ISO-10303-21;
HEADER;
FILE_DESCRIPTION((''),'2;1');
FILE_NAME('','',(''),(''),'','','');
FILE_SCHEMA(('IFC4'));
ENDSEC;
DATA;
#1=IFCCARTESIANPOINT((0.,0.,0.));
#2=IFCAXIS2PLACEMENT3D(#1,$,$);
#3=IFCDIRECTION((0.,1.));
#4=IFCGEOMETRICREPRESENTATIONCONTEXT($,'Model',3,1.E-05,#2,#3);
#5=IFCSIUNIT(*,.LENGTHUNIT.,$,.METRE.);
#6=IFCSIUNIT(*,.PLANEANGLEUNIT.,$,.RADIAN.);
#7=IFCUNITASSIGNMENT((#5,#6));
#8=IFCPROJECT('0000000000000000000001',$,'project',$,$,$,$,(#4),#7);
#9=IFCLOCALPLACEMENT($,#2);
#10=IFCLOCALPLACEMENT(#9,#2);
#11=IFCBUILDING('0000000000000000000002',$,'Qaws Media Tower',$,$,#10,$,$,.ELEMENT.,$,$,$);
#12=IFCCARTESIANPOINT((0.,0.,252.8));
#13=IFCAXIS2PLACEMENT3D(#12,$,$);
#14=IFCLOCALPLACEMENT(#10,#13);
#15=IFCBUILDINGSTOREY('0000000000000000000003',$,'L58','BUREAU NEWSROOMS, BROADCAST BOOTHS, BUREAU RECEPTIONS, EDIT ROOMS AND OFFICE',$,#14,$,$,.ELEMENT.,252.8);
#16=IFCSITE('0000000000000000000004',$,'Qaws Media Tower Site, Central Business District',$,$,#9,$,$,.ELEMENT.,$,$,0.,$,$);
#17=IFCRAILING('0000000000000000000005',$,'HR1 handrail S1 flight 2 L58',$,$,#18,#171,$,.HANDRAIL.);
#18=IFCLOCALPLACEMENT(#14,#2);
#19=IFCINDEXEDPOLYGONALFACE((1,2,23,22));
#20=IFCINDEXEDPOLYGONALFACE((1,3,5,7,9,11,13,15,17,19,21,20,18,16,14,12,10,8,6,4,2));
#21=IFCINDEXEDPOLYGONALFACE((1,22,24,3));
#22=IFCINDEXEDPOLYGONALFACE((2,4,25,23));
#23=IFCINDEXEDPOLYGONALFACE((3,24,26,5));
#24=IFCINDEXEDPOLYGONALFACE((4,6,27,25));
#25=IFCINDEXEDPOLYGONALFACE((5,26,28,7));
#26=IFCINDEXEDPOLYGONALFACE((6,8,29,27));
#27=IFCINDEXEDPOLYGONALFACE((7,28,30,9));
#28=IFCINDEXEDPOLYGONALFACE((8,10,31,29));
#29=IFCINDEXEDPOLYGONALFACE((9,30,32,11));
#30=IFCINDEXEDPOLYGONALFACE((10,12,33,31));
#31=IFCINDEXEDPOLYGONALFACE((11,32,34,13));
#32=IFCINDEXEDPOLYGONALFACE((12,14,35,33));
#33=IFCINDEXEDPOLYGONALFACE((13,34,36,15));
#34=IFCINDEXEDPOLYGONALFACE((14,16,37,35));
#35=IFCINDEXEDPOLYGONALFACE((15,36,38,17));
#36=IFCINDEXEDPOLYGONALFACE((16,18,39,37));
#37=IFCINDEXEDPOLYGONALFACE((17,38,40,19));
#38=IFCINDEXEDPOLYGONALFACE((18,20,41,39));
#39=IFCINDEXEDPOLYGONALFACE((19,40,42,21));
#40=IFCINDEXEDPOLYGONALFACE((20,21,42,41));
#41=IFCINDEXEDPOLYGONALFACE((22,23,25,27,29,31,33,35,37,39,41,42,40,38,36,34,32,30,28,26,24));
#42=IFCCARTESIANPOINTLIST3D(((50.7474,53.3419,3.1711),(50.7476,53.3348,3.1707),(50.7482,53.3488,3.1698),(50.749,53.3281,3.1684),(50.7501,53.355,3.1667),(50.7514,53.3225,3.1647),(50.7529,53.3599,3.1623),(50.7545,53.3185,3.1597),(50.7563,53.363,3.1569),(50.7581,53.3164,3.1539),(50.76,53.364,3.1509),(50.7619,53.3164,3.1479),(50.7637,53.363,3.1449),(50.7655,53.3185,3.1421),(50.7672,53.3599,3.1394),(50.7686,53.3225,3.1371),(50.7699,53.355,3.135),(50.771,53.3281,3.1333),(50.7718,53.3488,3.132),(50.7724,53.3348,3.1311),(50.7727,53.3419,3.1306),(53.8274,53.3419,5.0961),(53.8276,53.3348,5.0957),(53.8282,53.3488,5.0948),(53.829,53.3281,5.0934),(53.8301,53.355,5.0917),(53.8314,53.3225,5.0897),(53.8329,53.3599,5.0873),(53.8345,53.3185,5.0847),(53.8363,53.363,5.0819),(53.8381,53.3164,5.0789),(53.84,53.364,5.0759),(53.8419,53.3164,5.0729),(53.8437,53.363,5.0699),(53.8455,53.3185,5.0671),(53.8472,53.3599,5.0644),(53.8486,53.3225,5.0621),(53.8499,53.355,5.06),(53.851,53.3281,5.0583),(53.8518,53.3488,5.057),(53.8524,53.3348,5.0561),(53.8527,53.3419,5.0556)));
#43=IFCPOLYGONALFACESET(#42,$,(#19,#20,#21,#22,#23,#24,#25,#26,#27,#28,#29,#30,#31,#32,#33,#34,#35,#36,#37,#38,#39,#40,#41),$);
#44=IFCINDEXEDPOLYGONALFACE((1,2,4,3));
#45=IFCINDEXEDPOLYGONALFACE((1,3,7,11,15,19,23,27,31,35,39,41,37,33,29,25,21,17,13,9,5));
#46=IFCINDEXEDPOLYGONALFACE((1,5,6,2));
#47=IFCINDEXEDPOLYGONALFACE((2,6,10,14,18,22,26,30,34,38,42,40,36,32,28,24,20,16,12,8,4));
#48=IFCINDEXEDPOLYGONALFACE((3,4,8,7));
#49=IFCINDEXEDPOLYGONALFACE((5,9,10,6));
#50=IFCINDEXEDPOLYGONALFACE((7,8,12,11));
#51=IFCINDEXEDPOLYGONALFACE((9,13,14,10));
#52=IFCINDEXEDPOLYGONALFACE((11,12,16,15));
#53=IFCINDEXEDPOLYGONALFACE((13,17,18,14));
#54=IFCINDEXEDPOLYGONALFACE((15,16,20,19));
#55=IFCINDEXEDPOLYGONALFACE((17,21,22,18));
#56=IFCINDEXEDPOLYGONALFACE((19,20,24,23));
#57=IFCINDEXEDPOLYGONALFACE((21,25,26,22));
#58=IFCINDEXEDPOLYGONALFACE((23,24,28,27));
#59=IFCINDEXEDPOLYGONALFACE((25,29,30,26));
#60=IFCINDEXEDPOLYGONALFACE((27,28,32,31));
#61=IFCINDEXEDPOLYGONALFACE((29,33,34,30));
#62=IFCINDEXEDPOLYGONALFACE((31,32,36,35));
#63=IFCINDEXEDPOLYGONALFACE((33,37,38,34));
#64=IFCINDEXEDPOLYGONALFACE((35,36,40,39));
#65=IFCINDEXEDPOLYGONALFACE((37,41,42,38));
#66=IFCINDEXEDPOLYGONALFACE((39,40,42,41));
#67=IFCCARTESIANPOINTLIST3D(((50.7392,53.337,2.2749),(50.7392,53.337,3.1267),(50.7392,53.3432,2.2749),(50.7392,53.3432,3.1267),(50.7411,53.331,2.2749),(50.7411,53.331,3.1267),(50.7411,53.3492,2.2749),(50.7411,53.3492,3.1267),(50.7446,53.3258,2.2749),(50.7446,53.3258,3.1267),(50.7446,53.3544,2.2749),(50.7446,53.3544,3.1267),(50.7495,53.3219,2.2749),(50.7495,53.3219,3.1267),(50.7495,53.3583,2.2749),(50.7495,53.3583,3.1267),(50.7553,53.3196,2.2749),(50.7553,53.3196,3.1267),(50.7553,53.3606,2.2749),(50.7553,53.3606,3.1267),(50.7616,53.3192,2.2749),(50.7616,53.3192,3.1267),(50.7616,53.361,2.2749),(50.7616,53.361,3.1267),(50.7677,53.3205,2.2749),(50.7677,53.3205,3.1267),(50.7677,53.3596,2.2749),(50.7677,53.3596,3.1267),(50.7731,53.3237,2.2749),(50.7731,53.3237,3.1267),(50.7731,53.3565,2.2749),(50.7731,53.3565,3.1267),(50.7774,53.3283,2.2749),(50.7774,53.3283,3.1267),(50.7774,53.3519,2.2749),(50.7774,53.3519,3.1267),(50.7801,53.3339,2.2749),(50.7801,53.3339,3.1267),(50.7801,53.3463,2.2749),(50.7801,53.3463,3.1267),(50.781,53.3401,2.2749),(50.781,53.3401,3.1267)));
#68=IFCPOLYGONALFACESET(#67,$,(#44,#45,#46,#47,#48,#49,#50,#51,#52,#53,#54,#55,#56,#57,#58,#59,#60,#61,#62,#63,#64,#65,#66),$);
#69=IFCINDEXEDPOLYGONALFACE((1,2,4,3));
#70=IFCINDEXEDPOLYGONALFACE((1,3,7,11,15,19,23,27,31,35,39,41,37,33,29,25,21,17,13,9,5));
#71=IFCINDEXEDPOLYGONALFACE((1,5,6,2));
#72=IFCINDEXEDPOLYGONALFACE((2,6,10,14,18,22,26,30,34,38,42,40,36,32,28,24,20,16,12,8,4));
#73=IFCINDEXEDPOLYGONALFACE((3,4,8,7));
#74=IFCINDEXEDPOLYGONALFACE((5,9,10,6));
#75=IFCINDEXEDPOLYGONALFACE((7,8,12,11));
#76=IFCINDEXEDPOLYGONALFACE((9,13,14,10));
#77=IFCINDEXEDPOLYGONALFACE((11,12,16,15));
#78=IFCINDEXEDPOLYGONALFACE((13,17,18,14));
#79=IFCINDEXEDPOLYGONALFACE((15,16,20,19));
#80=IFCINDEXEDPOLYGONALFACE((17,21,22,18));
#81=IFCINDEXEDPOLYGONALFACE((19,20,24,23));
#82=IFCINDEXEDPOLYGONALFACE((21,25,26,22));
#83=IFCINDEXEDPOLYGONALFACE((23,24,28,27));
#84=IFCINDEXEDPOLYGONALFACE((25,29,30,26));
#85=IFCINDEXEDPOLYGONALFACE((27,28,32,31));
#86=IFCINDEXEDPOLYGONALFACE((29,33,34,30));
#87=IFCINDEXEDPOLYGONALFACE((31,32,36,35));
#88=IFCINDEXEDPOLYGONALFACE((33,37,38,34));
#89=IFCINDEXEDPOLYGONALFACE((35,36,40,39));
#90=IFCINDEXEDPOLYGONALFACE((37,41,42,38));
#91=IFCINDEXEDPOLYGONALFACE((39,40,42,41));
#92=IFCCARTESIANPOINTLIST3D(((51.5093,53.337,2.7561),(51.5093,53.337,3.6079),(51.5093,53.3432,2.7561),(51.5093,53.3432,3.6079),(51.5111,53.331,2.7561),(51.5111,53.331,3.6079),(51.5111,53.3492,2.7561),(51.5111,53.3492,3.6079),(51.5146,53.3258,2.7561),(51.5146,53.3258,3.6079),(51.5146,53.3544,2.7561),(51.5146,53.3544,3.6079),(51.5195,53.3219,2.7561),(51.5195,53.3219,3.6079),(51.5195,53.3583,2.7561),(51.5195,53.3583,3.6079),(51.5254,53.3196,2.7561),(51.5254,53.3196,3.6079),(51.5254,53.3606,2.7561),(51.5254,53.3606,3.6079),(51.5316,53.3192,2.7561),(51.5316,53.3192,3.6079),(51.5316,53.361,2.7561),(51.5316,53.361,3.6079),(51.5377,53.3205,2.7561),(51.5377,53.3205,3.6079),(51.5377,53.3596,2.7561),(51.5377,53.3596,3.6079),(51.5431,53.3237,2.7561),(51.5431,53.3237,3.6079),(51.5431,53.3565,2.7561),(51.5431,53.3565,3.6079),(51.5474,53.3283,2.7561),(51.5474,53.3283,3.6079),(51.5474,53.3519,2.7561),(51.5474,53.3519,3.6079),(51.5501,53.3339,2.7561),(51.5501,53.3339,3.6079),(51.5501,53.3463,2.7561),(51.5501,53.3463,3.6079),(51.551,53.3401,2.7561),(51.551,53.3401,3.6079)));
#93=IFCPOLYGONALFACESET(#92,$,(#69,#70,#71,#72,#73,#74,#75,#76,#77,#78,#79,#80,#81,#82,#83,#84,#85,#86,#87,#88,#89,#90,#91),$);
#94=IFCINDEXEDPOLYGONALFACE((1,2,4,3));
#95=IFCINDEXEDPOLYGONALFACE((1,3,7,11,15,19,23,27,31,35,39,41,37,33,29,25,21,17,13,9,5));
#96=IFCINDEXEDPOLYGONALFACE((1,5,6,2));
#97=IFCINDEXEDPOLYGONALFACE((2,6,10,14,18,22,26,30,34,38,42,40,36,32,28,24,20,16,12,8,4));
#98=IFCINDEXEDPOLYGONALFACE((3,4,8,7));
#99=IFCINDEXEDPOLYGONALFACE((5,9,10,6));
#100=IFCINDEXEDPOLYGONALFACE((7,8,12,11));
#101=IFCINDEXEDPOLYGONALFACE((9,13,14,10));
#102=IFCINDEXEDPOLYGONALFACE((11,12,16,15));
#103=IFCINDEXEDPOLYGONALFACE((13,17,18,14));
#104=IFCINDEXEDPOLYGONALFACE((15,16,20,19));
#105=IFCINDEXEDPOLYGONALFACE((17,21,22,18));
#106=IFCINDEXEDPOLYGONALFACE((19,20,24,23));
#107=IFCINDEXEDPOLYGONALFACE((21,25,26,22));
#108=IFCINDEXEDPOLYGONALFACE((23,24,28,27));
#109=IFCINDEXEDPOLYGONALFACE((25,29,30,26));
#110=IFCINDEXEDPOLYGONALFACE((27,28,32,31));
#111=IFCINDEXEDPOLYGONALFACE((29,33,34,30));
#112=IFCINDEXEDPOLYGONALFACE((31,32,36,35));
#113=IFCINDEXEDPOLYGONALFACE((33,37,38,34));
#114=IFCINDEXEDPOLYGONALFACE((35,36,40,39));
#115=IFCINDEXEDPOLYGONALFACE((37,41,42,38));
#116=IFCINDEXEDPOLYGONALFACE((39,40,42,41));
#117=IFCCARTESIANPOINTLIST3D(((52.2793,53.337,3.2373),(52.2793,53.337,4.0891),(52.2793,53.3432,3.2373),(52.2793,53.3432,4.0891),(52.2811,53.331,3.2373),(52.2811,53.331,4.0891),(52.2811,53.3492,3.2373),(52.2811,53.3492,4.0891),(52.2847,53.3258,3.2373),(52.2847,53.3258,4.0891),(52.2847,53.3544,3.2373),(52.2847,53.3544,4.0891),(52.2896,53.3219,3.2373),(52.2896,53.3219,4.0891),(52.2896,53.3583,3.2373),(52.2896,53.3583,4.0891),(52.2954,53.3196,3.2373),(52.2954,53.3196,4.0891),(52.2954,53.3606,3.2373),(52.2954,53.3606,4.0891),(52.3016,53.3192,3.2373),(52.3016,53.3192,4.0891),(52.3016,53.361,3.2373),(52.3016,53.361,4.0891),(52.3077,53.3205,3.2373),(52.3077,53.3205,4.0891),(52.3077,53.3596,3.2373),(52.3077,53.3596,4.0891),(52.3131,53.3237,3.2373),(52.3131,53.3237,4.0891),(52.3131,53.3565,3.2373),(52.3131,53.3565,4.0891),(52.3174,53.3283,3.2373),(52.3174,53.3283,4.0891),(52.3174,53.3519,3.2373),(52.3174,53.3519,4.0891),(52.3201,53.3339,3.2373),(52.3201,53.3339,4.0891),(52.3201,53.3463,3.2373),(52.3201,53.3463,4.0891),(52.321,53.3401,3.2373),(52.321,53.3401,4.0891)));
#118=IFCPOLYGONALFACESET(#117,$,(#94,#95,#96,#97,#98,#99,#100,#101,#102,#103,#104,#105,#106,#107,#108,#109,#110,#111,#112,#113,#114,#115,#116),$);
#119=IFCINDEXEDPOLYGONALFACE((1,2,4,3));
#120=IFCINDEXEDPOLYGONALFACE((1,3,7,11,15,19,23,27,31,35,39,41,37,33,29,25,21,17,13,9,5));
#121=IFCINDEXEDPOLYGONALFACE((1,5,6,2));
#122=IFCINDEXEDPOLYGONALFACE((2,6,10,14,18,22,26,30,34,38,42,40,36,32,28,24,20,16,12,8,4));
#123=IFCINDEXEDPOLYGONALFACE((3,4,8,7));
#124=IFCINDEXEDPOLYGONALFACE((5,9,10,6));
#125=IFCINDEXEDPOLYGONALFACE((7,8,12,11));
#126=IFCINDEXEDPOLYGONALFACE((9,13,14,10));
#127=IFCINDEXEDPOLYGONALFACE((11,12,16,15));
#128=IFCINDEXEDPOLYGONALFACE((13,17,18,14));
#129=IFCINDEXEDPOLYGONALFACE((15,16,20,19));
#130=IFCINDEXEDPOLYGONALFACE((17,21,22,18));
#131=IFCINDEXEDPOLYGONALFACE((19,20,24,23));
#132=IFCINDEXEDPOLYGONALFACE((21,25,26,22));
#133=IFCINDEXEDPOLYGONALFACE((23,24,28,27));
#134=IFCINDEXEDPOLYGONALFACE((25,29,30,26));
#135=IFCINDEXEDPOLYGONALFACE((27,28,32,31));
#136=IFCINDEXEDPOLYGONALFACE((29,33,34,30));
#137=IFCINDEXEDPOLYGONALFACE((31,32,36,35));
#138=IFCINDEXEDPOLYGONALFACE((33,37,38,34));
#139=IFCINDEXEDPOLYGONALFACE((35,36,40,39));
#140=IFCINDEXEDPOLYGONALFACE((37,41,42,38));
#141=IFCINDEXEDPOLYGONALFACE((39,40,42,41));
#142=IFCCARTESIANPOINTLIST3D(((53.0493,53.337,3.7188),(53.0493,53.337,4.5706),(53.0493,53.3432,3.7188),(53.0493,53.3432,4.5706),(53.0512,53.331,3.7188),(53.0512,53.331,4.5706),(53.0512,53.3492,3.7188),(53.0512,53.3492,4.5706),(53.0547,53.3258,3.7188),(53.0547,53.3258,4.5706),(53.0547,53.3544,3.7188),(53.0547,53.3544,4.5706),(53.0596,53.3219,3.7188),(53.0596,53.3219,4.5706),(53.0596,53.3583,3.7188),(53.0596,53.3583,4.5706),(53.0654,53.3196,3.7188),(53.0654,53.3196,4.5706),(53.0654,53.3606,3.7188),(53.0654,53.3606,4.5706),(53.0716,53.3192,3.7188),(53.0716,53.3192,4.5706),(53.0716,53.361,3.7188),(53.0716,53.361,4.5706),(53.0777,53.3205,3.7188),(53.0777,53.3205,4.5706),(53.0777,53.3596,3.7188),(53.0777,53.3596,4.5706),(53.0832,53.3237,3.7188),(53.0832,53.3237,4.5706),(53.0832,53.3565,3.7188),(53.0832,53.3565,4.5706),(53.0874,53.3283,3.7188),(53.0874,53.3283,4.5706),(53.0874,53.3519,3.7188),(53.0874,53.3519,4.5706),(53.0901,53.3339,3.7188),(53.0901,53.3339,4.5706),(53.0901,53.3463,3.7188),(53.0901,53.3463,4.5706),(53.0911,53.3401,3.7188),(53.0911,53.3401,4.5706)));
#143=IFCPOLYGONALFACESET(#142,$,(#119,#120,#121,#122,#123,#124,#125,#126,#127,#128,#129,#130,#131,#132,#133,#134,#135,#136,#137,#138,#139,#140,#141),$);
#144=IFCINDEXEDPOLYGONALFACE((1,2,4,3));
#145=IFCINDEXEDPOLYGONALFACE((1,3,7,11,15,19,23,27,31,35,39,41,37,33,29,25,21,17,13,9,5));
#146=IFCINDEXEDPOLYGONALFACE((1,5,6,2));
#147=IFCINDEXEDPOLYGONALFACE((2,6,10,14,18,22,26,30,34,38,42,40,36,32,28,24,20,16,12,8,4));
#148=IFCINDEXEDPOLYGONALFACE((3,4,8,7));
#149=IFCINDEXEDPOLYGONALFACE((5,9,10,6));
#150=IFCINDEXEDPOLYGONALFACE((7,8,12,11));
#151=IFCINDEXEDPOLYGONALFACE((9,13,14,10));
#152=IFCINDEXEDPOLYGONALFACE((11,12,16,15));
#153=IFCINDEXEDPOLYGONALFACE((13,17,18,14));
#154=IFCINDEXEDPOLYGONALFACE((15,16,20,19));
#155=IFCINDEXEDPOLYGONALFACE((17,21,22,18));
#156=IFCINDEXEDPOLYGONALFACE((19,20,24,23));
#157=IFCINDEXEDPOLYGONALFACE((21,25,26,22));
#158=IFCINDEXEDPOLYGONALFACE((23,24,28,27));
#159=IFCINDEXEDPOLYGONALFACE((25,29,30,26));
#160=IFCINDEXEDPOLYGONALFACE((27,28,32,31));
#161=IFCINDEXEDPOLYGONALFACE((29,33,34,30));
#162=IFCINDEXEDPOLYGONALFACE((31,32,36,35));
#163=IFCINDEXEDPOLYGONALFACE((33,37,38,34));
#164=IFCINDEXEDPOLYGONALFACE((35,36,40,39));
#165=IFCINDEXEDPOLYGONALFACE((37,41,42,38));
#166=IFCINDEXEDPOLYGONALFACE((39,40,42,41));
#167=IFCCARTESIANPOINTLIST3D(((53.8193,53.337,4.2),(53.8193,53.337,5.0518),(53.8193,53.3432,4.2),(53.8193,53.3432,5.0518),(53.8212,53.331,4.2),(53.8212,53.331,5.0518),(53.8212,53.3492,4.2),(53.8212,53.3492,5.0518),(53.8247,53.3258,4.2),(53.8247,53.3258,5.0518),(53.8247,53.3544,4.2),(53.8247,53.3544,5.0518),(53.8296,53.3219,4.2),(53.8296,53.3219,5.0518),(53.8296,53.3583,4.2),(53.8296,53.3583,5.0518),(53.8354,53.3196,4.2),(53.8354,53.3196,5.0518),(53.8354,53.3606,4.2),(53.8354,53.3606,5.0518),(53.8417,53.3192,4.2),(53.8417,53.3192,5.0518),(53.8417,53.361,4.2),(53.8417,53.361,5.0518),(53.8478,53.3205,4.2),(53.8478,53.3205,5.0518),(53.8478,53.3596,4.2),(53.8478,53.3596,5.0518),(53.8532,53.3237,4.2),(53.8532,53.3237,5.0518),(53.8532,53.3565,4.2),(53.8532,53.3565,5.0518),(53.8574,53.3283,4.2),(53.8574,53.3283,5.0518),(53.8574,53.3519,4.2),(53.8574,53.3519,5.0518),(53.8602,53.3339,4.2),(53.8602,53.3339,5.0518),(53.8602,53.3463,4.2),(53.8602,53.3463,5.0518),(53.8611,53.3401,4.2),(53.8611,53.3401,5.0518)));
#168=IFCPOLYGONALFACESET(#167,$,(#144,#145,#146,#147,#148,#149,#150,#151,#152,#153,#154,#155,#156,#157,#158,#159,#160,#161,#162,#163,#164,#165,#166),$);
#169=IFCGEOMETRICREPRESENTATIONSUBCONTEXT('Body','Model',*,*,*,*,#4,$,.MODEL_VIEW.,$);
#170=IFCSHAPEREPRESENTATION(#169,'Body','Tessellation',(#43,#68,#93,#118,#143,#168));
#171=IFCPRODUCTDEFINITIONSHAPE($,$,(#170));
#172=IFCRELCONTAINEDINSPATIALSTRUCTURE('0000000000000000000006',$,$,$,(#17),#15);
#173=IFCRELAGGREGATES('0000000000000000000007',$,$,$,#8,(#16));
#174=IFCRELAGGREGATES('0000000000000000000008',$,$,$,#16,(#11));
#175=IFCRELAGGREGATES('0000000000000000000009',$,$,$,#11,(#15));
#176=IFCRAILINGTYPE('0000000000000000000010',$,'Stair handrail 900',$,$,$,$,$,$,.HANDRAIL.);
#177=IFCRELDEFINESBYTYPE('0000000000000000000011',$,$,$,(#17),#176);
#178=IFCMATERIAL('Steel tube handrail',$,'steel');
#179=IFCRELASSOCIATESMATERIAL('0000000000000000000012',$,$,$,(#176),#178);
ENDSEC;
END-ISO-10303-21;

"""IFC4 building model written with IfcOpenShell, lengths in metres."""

from ifc_helpers import new_model, si_unit, direction, frame, origin, origin_2d, place, context, subcontext, project, spatial, circle, extrude, material, type_object, element, save


model = new_model("IFC4")

# Units and contexts
model_context = context("Model", 3, precision=1e-05, world=origin(), true_north=direction((0.0, 1.0)))
body_context = subcontext(model_context, "Body", "Model", "MODEL_VIEW")
ifc_project = project(units=[si_unit("LENGTHUNIT", "METRE"), si_unit("PLANEANGLEUNIT", "RADIAN")], contexts=[model_context])

# Site, building, storey
site_placement = place(None, origin())
site = spatial("IfcSite", under=ifc_project, at=site_placement, Name="Qaws Media Tower Site, Central Business District", CompositionType="ELEMENT", RefElevation=0.0)
building_placement = place(site_placement, origin())
building = spatial("IfcBuilding", under=site, at=building_placement, Name="Qaws Media Tower", CompositionType="ELEMENT")
storey_placement = place(building_placement, frame((0.0, 0.0, 252.8)))
storey = spatial("IfcBuildingStorey", under=building, at=storey_placement, Name="L58", Description="BUREAU NEWSROOMS, BROADCAST BOOTHS, BUREAU RECEPTIONS, EDIT ROOMS AND OFFICE", CompositionType="ELEMENT", Elevation=252.8)

# Railing
ifc_material_1 = material(Name="Steel tube handrail", Category="steel")
railing_type = type_object("IfcRailingType", Name="Stair handrail 900", PredefinedType="HANDRAIL", material=ifc_material_1)
for number, where, name in (
    (1, (50.76, 53.3401, 2.2749), "HR1 handrail S1 flight 2 L58"),
):
    element("IfcRailing", number, at=place(storey_placement, frame(where)), inside=storey, type_object=railing_type, Name=name, PredefinedType="HANDRAIL", context=body_context, shape_type="SweptSolid", body=[
        extrude(circle(Radius=0.0239, at=origin_2d()), frame((0.0, 0.0, 0.876), z_axis=(0.847998, 0.0, 0.529999), x_axis=(0.0, 1.0, 0.0)), (0.0, 0.0, 1.0), 3.6321),
        extrude(circle(Radius=0.021, at=origin_2d()), origin(), (0.0, 0.0, 1.0), 0.8518),
        extrude(circle(Radius=0.021, at=origin_2d()), frame((0.77, 0.0, 0.4812)), (0.0, 0.0, 1.0), 0.8518),
        extrude(circle(Radius=0.021, at=origin_2d()), frame((1.54, 0.0, 0.9624)), (0.0, 0.0, 1.0), 0.8518),
        extrude(circle(Radius=0.021, at=origin_2d()), frame((2.3101, 0.0, 1.4438)), (0.0, 0.0, 1.0), 0.8518),
        extrude(circle(Radius=0.021, at=origin_2d()), frame((3.0801, 0.0, 1.925)), (0.0, 0.0, 1.0), 0.8518),
    ])

save(model, "model.ifc")
